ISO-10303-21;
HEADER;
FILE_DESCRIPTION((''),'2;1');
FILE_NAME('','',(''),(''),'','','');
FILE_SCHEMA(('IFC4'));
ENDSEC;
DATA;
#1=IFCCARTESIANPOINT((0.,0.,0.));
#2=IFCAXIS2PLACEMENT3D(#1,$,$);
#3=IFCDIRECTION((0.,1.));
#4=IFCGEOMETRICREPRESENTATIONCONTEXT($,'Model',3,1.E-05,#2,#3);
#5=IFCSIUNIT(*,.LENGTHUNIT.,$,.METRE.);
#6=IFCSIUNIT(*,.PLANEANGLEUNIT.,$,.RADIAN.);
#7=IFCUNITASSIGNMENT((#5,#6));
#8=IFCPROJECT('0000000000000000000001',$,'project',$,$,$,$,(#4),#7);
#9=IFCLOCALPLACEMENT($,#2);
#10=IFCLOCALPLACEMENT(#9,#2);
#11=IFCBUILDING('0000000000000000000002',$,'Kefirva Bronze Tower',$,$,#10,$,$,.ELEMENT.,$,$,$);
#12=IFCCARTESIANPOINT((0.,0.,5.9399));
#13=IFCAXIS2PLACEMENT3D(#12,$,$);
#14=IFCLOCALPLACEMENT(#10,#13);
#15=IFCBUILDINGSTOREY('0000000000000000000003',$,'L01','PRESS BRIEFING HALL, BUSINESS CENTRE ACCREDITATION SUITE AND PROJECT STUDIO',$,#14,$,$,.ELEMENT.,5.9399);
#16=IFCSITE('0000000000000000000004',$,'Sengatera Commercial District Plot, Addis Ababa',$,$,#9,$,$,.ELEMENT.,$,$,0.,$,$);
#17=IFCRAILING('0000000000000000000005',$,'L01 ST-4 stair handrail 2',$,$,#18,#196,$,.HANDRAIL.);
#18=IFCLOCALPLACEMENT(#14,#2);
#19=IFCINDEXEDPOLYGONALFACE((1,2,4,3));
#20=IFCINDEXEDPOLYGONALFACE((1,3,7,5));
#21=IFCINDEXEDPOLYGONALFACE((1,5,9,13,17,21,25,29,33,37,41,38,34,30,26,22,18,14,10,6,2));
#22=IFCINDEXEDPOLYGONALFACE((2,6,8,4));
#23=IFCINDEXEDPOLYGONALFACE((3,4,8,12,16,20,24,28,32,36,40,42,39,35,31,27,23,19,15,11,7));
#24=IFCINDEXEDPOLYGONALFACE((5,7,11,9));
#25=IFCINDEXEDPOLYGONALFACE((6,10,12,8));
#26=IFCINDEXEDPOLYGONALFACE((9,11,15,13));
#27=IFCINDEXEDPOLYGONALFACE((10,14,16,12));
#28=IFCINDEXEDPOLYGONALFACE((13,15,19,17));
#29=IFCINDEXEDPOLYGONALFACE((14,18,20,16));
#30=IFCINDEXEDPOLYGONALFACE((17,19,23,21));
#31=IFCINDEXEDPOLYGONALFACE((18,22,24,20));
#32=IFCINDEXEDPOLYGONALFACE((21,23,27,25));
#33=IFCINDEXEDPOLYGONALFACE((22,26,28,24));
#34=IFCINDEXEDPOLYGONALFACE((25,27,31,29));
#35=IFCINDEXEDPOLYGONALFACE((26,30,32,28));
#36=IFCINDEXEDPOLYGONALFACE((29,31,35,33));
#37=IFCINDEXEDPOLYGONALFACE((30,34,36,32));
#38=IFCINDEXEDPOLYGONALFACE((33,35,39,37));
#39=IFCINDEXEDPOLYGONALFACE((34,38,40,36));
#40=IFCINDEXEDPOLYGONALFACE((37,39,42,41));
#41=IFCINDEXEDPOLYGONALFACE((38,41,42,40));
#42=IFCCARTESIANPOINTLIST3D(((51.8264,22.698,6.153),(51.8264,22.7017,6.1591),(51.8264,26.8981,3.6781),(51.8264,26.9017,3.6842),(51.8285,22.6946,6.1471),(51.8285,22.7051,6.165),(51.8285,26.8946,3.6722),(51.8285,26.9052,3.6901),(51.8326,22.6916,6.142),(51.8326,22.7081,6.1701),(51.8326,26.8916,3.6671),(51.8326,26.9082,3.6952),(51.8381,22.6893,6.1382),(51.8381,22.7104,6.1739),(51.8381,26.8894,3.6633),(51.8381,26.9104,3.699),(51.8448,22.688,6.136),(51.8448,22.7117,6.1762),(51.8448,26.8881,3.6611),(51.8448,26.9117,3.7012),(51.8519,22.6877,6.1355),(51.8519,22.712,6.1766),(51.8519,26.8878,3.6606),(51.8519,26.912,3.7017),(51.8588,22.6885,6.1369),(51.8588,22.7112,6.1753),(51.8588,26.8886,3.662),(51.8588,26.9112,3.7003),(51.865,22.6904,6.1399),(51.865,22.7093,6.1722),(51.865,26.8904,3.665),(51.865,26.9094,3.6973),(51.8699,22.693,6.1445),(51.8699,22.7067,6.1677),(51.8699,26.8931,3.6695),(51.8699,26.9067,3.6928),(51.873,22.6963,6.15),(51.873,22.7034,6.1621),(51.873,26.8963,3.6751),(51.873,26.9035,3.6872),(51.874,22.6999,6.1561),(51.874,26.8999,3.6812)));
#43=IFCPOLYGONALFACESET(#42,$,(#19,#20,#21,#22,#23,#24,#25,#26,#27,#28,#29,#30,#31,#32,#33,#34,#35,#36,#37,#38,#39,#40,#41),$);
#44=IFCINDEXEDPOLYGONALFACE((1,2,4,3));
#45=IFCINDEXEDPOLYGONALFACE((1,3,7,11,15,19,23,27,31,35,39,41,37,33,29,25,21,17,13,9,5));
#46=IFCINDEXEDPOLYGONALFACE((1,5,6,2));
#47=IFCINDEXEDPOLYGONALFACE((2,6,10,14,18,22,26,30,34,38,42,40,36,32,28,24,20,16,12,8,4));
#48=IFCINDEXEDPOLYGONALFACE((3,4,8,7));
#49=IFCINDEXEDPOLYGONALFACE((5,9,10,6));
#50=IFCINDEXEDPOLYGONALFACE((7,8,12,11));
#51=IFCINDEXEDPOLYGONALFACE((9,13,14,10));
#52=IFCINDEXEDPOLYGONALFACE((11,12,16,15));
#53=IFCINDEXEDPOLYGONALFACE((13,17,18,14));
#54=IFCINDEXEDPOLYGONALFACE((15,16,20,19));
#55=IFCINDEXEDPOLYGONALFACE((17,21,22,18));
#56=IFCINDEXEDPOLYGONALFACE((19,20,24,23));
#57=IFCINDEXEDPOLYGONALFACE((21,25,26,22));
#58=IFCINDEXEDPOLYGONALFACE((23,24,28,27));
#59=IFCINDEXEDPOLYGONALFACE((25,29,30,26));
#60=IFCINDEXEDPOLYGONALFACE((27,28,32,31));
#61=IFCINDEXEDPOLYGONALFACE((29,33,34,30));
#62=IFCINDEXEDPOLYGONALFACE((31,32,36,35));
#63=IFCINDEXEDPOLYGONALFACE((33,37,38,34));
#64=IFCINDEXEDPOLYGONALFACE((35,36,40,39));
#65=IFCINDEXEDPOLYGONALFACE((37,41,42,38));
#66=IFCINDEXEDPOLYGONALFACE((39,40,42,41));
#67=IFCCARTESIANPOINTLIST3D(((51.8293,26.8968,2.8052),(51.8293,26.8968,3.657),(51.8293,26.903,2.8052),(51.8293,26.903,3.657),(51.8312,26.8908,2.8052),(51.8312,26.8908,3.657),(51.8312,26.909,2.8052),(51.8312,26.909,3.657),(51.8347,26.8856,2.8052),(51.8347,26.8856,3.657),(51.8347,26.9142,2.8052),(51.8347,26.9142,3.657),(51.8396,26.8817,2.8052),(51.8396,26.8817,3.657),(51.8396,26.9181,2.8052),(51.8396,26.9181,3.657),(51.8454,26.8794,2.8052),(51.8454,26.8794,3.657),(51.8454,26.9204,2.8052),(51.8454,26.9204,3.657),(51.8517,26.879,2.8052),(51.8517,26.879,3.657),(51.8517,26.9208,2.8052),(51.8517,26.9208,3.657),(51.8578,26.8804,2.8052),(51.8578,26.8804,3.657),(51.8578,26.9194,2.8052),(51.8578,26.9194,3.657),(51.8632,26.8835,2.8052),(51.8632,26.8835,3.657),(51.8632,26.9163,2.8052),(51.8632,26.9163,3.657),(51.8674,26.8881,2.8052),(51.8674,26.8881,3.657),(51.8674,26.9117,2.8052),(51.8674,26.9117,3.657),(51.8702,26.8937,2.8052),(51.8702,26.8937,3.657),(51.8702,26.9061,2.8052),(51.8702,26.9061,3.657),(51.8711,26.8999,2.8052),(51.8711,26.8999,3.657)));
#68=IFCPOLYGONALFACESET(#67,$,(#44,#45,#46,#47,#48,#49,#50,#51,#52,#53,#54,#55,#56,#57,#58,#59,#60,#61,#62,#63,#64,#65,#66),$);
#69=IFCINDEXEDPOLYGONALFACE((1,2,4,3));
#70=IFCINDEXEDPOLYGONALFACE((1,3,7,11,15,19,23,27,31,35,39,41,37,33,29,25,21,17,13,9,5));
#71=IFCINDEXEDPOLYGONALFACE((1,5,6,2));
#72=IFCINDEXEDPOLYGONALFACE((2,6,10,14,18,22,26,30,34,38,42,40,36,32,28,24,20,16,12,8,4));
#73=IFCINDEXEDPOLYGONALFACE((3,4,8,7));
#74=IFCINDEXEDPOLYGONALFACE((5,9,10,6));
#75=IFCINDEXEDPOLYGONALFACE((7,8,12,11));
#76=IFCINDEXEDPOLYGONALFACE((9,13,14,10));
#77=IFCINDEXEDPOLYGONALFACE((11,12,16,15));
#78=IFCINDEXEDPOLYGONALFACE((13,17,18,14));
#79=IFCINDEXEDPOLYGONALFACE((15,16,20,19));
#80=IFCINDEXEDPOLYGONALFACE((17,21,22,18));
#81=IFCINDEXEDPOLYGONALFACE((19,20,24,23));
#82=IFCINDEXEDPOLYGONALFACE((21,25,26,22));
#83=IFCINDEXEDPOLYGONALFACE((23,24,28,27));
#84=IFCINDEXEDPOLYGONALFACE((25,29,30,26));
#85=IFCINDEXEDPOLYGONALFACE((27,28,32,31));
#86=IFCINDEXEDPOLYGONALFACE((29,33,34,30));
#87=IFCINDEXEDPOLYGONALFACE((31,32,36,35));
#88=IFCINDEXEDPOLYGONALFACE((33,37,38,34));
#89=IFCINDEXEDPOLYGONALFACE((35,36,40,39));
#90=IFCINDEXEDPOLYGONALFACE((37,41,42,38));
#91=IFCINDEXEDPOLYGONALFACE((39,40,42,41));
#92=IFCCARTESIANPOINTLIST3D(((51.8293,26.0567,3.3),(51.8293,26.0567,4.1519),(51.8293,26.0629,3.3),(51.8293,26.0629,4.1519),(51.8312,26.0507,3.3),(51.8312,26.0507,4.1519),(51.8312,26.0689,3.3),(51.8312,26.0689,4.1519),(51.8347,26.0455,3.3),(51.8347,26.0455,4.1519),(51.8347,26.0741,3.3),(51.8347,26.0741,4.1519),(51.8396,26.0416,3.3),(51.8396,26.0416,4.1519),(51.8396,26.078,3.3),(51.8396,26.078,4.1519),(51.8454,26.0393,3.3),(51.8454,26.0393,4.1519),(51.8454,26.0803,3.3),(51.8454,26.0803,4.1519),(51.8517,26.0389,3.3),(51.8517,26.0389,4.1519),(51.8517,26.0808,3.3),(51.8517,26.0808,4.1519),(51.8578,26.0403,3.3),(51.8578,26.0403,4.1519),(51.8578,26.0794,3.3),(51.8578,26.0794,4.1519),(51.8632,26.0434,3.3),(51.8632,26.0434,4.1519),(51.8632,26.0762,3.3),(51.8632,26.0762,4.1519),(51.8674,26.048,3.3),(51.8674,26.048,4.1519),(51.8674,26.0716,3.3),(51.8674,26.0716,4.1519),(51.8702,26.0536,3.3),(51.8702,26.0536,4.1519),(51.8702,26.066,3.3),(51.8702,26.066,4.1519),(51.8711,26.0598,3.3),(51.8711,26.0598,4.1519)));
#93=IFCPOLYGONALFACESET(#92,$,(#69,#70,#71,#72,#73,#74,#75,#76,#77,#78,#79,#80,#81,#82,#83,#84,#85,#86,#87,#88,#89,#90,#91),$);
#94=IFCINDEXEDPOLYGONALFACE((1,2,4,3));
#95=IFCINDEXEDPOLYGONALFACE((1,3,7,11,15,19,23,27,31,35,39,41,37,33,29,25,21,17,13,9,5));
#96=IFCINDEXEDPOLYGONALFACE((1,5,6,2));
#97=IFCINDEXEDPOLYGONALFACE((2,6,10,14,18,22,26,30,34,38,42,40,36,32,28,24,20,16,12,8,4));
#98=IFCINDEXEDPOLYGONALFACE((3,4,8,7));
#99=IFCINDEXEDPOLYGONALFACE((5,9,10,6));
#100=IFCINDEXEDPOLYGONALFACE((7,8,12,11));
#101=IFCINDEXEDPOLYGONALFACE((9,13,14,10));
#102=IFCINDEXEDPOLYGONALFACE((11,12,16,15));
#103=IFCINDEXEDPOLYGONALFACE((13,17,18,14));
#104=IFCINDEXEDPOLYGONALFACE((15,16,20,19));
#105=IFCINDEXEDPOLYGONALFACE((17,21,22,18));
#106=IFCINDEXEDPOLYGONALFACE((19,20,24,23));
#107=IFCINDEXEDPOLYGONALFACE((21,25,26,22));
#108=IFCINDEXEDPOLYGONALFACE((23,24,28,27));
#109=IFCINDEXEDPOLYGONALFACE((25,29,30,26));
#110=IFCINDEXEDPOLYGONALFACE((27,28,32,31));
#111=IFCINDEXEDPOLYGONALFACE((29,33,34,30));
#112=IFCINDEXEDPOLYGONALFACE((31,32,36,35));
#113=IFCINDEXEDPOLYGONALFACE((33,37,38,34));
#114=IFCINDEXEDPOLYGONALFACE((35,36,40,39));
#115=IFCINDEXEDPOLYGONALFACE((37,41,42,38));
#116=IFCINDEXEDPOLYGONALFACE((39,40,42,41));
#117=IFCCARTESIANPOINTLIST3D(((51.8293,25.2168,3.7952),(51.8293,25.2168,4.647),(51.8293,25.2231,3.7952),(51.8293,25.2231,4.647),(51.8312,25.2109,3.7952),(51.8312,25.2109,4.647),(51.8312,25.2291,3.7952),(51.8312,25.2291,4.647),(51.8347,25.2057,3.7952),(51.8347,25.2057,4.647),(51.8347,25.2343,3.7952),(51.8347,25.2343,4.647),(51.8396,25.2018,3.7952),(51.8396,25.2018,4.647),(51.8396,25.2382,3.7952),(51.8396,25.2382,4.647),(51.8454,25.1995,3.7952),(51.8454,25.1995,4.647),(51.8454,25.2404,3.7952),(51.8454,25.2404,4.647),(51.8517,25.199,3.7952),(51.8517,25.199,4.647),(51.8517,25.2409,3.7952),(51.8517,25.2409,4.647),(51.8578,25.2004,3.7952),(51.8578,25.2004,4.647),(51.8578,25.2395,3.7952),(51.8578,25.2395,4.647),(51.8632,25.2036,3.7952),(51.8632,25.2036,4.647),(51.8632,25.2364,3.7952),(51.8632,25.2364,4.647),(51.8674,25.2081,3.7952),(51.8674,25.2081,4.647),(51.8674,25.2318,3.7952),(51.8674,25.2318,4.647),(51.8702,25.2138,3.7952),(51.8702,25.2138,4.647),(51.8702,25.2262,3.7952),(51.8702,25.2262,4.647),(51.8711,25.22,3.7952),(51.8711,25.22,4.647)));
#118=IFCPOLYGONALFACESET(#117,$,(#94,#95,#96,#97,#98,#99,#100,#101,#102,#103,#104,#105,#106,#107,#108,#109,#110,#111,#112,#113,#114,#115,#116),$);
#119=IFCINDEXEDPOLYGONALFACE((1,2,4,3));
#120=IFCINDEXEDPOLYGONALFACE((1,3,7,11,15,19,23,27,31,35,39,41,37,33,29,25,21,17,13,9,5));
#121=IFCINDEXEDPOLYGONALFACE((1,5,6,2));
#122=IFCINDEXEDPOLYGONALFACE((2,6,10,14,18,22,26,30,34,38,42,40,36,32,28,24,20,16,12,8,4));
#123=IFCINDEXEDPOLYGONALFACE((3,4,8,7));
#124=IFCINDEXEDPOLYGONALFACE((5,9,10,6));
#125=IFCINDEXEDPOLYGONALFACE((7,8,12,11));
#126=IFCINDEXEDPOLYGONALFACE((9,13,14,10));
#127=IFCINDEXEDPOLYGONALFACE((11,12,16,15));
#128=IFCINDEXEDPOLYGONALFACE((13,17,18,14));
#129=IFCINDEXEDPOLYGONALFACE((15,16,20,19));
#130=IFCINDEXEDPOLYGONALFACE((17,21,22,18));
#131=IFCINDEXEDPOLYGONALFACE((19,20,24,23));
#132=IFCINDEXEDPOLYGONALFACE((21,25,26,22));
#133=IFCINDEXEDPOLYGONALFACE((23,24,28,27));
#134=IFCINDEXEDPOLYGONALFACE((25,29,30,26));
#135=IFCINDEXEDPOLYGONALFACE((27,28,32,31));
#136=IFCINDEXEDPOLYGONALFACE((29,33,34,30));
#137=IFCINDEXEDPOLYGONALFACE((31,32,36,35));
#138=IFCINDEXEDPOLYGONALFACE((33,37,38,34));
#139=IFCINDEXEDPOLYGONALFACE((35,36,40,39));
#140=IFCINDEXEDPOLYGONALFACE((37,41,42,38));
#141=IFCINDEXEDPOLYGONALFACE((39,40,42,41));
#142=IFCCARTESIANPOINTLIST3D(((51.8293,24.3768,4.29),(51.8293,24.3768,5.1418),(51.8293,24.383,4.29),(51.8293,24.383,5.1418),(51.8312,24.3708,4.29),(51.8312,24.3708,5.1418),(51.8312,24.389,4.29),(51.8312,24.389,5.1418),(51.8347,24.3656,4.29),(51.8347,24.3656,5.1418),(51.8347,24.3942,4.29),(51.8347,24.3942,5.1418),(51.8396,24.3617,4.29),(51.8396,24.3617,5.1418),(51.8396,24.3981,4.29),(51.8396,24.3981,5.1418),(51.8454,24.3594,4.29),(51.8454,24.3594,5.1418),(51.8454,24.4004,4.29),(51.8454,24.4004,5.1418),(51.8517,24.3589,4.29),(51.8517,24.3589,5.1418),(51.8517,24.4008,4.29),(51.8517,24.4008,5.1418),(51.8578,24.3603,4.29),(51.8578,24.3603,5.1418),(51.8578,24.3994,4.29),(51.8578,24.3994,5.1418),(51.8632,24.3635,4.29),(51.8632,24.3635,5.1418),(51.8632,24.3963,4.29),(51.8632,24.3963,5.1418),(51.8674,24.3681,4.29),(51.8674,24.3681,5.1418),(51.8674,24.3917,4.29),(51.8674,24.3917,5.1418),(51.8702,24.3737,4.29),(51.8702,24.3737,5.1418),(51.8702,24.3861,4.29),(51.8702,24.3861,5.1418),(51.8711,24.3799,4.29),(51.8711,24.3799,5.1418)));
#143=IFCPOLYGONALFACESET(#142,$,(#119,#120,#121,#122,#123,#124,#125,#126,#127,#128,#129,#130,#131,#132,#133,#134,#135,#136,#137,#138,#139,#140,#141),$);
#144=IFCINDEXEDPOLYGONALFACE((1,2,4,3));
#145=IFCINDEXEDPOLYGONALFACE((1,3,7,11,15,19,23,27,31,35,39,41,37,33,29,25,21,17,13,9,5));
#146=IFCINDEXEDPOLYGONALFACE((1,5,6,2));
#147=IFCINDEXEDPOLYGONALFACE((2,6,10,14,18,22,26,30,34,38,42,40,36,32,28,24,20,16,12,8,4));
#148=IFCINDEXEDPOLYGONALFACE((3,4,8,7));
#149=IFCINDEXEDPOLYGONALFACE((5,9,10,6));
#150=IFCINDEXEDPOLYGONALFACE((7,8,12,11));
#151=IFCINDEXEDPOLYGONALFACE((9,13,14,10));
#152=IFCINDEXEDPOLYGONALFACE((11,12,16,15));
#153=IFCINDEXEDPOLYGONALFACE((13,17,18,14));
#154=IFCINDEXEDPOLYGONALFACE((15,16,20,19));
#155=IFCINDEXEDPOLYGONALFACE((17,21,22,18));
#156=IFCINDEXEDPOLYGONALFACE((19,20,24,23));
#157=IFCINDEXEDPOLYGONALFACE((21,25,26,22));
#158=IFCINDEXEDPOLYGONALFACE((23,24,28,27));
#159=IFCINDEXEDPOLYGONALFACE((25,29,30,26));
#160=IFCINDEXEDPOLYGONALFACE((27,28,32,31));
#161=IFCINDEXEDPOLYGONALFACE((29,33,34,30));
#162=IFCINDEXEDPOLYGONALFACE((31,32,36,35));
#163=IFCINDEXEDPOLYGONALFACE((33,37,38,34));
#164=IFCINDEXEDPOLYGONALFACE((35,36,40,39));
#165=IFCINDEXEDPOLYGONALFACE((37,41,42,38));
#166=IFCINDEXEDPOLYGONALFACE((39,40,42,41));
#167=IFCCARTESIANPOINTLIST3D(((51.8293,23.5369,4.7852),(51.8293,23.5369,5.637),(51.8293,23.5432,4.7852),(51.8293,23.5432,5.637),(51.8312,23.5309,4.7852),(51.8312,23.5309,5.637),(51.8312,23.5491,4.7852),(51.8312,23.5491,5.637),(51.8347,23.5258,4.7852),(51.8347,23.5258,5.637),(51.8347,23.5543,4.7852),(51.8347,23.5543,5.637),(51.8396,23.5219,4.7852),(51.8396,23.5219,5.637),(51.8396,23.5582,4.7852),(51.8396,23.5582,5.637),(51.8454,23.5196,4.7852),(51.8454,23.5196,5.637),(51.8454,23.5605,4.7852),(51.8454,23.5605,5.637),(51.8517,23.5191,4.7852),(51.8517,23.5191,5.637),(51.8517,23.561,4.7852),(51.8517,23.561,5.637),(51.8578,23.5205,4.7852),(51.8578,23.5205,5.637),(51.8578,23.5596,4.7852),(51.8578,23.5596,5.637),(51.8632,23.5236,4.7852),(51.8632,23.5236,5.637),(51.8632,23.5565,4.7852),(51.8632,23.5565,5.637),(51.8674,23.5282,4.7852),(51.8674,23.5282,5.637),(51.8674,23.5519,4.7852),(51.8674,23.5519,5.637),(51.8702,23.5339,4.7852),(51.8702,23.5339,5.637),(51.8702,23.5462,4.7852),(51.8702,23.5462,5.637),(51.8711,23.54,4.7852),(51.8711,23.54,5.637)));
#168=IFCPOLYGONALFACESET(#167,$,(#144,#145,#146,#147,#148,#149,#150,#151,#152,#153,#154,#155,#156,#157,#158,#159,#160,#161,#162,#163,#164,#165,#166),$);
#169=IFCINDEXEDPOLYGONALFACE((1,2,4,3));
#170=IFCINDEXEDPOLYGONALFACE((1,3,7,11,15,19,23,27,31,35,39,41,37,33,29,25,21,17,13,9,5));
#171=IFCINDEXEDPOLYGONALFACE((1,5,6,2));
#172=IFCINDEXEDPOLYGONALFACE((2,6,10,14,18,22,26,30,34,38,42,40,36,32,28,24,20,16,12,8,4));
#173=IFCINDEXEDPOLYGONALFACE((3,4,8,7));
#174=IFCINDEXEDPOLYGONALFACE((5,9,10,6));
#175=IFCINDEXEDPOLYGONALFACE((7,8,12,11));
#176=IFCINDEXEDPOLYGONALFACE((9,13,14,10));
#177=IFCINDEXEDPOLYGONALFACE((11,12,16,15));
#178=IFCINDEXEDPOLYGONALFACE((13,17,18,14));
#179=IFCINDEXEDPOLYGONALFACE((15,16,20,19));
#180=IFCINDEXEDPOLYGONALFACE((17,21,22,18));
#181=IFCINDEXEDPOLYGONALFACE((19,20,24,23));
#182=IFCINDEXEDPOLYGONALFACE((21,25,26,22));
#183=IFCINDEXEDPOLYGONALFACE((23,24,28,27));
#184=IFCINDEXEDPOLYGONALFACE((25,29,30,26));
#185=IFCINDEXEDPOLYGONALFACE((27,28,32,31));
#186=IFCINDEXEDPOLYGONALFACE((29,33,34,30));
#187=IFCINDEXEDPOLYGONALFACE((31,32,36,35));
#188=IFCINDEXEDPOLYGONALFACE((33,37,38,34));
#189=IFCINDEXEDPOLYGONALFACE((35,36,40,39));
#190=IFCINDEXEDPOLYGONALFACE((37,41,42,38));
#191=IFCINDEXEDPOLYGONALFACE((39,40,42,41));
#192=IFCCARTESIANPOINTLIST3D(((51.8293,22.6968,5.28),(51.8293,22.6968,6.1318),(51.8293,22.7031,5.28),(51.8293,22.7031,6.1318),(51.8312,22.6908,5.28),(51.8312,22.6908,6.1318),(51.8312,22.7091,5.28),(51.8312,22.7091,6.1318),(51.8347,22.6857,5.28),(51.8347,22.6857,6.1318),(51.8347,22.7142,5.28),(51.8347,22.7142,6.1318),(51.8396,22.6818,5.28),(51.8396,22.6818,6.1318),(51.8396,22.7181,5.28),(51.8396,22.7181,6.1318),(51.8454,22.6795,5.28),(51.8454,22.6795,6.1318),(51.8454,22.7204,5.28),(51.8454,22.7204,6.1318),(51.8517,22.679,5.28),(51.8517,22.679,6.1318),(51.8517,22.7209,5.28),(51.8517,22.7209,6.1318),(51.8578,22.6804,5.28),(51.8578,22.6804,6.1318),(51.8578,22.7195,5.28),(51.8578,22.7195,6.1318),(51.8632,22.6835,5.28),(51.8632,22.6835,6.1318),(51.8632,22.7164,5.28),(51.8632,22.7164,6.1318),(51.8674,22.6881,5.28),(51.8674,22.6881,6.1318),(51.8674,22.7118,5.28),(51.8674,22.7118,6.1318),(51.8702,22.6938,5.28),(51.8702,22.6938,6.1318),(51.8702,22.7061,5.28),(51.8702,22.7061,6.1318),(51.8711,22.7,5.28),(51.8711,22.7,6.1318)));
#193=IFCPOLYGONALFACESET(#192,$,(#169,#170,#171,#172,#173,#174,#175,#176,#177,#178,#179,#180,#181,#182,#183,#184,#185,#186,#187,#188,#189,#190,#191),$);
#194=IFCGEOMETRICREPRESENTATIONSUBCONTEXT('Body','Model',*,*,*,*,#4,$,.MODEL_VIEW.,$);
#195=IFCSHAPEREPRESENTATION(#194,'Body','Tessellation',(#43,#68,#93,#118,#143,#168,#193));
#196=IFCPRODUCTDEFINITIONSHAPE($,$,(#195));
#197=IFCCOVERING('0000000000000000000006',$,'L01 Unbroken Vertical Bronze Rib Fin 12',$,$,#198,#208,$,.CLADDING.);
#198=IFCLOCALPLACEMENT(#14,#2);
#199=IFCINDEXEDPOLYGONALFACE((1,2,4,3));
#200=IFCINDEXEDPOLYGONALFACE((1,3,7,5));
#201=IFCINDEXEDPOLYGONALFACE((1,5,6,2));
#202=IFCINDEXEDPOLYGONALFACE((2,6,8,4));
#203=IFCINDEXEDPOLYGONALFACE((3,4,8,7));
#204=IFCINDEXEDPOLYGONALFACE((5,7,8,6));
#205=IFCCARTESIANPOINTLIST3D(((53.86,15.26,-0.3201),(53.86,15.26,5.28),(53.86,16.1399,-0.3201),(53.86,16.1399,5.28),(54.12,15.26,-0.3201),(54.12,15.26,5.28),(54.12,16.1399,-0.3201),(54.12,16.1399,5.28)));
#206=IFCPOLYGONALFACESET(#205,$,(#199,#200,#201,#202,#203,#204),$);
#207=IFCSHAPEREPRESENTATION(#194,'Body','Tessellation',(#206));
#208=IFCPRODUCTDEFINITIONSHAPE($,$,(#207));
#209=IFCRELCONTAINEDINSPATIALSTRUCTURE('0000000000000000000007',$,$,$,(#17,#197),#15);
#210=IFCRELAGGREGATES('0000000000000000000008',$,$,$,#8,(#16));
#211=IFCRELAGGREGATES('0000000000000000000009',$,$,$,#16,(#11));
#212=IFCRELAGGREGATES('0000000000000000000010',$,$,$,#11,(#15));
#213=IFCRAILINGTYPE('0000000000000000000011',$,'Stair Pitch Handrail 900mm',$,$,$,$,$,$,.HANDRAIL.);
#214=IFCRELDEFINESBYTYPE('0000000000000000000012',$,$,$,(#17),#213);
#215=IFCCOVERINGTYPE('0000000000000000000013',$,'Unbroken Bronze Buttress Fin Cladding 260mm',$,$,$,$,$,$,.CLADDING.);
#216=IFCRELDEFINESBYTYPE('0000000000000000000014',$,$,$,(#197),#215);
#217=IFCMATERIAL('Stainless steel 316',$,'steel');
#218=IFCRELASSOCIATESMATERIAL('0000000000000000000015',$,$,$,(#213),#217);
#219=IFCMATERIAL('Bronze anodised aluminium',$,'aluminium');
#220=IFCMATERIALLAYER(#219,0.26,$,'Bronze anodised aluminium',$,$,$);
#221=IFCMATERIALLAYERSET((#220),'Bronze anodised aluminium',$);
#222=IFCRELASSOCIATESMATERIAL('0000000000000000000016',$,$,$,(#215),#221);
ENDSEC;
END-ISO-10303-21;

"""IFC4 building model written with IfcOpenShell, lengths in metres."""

from ifc_helpers import new_model, si_unit, direction, frame, origin, origin_2d, place, context, subcontext, project, spatial, rectangle, circle, extrude, material, layer, layer_set, type_object, element, save


model = new_model("IFC4")

# Units and contexts
model_context = context("Model", 3, precision=1e-05, world=origin(), true_north=direction((0.0, 1.0)))
body_context = subcontext(model_context, "Body", "Model", "MODEL_VIEW")
ifc_project = project(units=[si_unit("LENGTHUNIT", "METRE"), si_unit("PLANEANGLEUNIT", "RADIAN")], contexts=[model_context])

# Site, building, storey
site_placement = place(None, origin())
site = spatial("IfcSite", under=ifc_project, at=site_placement, Name="Sengatera Commercial District Plot, Addis Ababa", CompositionType="ELEMENT", RefElevation=0.0)
building_placement = place(site_placement, origin())
building = spatial("IfcBuilding", under=site, at=building_placement, Name="Kefirva Bronze Tower", CompositionType="ELEMENT")
storey_placement = place(building_placement, frame((0.0, 0.0, 5.9399)))
storey = spatial("IfcBuildingStorey", under=building, at=storey_placement, Name="L01", Description="PRESS BRIEFING HALL, BUSINESS CENTRE ACCREDITATION SUITE AND PROJECT STUDIO", CompositionType="ELEMENT", Elevation=5.9399)

# Shared definitions
ifc_material_1 = material(Name="Bronze anodised aluminium", Category="aluminium")

# Railing
ifc_material_2 = material(Name="Stainless steel 316", Category="steel")
railing_type_1 = type_object("IfcRailingType", Name="Stair Pitch Handrail 900mm", PredefinedType="HANDRAIL", material=ifc_material_2)
railing_1_placement = place(storey_placement, frame((51.8501, 26.8999, 2.8052)))
element("IfcRailing", 1, at=railing_1_placement, inside=storey, type_object=railing_type_1, Name="L01 ST-4 stair handrail 2", PredefinedType="HANDRAIL", context=body_context, shape_type="SweptSolid", body=[
    extrude(circle(Radius=0.0239, at=origin_2d()), frame((0.0, 0.0, 0.876), z_axis=(0.0, -0.861549, 0.507674), x_axis=(1.0, 0.0, 0.0)), (0.0, 0.0, 1.0), 4.875),
    extrude(circle(Radius=0.021, at=origin_2d()), origin(), (0.0, 0.0, 1.0), 0.8518),
    extrude(circle(Radius=0.021, at=origin_2d()), frame((0.0, -0.8401, 0.4949)), (0.0, 0.0, 1.0), 0.8518),
    extrude(circle(Radius=0.021, at=origin_2d()), frame((0.0, -1.6799, 0.99)), (0.0, 0.0, 1.0), 0.8518),
    extrude(circle(Radius=0.021, at=origin_2d()), frame((0.0, -2.52, 1.4849)), (0.0, 0.0, 1.0), 0.8518),
    extrude(circle(Radius=0.021, at=origin_2d()), frame((0.0, -3.3599, 1.98)), (0.0, 0.0, 1.0), 0.8518),
    extrude(circle(Radius=0.021, at=origin_2d()), frame((0.0, -4.2, 2.4749)), (0.0, 0.0, 1.0), 0.8518),
])

# Covering
ifc_layer_1 = layer(ifc_material_1, 0.26, Name="Bronze anodised aluminium")
ifc_layer_set_1 = layer_set([ifc_layer_1], Name="Bronze anodised aluminium")
covering_type = type_object("IfcCoveringType", Name="Unbroken Bronze Buttress Fin Cladding 260mm", PredefinedType="CLADDING", material=ifc_layer_set_1)
covering_placement = place(storey_placement, frame((53.99, 15.7, -0.3201), z_axis=(0.0, 0.0, 1.0), x_axis=(1.0, 0.0, 0.0)))
element("IfcCovering", 2, at=covering_placement, inside=storey, type_object=covering_type, Name="L01 Unbroken Vertical Bronze Rib Fin 12", PredefinedType="CLADDING", context=body_context, shape_type="SweptSolid", body=[
    extrude(rectangle(XDim=0.26, YDim=0.8799, at=origin_2d()), origin(), (0.0, 0.0, 1.0), 5.6001),
])

save(model, "model.ifc")
